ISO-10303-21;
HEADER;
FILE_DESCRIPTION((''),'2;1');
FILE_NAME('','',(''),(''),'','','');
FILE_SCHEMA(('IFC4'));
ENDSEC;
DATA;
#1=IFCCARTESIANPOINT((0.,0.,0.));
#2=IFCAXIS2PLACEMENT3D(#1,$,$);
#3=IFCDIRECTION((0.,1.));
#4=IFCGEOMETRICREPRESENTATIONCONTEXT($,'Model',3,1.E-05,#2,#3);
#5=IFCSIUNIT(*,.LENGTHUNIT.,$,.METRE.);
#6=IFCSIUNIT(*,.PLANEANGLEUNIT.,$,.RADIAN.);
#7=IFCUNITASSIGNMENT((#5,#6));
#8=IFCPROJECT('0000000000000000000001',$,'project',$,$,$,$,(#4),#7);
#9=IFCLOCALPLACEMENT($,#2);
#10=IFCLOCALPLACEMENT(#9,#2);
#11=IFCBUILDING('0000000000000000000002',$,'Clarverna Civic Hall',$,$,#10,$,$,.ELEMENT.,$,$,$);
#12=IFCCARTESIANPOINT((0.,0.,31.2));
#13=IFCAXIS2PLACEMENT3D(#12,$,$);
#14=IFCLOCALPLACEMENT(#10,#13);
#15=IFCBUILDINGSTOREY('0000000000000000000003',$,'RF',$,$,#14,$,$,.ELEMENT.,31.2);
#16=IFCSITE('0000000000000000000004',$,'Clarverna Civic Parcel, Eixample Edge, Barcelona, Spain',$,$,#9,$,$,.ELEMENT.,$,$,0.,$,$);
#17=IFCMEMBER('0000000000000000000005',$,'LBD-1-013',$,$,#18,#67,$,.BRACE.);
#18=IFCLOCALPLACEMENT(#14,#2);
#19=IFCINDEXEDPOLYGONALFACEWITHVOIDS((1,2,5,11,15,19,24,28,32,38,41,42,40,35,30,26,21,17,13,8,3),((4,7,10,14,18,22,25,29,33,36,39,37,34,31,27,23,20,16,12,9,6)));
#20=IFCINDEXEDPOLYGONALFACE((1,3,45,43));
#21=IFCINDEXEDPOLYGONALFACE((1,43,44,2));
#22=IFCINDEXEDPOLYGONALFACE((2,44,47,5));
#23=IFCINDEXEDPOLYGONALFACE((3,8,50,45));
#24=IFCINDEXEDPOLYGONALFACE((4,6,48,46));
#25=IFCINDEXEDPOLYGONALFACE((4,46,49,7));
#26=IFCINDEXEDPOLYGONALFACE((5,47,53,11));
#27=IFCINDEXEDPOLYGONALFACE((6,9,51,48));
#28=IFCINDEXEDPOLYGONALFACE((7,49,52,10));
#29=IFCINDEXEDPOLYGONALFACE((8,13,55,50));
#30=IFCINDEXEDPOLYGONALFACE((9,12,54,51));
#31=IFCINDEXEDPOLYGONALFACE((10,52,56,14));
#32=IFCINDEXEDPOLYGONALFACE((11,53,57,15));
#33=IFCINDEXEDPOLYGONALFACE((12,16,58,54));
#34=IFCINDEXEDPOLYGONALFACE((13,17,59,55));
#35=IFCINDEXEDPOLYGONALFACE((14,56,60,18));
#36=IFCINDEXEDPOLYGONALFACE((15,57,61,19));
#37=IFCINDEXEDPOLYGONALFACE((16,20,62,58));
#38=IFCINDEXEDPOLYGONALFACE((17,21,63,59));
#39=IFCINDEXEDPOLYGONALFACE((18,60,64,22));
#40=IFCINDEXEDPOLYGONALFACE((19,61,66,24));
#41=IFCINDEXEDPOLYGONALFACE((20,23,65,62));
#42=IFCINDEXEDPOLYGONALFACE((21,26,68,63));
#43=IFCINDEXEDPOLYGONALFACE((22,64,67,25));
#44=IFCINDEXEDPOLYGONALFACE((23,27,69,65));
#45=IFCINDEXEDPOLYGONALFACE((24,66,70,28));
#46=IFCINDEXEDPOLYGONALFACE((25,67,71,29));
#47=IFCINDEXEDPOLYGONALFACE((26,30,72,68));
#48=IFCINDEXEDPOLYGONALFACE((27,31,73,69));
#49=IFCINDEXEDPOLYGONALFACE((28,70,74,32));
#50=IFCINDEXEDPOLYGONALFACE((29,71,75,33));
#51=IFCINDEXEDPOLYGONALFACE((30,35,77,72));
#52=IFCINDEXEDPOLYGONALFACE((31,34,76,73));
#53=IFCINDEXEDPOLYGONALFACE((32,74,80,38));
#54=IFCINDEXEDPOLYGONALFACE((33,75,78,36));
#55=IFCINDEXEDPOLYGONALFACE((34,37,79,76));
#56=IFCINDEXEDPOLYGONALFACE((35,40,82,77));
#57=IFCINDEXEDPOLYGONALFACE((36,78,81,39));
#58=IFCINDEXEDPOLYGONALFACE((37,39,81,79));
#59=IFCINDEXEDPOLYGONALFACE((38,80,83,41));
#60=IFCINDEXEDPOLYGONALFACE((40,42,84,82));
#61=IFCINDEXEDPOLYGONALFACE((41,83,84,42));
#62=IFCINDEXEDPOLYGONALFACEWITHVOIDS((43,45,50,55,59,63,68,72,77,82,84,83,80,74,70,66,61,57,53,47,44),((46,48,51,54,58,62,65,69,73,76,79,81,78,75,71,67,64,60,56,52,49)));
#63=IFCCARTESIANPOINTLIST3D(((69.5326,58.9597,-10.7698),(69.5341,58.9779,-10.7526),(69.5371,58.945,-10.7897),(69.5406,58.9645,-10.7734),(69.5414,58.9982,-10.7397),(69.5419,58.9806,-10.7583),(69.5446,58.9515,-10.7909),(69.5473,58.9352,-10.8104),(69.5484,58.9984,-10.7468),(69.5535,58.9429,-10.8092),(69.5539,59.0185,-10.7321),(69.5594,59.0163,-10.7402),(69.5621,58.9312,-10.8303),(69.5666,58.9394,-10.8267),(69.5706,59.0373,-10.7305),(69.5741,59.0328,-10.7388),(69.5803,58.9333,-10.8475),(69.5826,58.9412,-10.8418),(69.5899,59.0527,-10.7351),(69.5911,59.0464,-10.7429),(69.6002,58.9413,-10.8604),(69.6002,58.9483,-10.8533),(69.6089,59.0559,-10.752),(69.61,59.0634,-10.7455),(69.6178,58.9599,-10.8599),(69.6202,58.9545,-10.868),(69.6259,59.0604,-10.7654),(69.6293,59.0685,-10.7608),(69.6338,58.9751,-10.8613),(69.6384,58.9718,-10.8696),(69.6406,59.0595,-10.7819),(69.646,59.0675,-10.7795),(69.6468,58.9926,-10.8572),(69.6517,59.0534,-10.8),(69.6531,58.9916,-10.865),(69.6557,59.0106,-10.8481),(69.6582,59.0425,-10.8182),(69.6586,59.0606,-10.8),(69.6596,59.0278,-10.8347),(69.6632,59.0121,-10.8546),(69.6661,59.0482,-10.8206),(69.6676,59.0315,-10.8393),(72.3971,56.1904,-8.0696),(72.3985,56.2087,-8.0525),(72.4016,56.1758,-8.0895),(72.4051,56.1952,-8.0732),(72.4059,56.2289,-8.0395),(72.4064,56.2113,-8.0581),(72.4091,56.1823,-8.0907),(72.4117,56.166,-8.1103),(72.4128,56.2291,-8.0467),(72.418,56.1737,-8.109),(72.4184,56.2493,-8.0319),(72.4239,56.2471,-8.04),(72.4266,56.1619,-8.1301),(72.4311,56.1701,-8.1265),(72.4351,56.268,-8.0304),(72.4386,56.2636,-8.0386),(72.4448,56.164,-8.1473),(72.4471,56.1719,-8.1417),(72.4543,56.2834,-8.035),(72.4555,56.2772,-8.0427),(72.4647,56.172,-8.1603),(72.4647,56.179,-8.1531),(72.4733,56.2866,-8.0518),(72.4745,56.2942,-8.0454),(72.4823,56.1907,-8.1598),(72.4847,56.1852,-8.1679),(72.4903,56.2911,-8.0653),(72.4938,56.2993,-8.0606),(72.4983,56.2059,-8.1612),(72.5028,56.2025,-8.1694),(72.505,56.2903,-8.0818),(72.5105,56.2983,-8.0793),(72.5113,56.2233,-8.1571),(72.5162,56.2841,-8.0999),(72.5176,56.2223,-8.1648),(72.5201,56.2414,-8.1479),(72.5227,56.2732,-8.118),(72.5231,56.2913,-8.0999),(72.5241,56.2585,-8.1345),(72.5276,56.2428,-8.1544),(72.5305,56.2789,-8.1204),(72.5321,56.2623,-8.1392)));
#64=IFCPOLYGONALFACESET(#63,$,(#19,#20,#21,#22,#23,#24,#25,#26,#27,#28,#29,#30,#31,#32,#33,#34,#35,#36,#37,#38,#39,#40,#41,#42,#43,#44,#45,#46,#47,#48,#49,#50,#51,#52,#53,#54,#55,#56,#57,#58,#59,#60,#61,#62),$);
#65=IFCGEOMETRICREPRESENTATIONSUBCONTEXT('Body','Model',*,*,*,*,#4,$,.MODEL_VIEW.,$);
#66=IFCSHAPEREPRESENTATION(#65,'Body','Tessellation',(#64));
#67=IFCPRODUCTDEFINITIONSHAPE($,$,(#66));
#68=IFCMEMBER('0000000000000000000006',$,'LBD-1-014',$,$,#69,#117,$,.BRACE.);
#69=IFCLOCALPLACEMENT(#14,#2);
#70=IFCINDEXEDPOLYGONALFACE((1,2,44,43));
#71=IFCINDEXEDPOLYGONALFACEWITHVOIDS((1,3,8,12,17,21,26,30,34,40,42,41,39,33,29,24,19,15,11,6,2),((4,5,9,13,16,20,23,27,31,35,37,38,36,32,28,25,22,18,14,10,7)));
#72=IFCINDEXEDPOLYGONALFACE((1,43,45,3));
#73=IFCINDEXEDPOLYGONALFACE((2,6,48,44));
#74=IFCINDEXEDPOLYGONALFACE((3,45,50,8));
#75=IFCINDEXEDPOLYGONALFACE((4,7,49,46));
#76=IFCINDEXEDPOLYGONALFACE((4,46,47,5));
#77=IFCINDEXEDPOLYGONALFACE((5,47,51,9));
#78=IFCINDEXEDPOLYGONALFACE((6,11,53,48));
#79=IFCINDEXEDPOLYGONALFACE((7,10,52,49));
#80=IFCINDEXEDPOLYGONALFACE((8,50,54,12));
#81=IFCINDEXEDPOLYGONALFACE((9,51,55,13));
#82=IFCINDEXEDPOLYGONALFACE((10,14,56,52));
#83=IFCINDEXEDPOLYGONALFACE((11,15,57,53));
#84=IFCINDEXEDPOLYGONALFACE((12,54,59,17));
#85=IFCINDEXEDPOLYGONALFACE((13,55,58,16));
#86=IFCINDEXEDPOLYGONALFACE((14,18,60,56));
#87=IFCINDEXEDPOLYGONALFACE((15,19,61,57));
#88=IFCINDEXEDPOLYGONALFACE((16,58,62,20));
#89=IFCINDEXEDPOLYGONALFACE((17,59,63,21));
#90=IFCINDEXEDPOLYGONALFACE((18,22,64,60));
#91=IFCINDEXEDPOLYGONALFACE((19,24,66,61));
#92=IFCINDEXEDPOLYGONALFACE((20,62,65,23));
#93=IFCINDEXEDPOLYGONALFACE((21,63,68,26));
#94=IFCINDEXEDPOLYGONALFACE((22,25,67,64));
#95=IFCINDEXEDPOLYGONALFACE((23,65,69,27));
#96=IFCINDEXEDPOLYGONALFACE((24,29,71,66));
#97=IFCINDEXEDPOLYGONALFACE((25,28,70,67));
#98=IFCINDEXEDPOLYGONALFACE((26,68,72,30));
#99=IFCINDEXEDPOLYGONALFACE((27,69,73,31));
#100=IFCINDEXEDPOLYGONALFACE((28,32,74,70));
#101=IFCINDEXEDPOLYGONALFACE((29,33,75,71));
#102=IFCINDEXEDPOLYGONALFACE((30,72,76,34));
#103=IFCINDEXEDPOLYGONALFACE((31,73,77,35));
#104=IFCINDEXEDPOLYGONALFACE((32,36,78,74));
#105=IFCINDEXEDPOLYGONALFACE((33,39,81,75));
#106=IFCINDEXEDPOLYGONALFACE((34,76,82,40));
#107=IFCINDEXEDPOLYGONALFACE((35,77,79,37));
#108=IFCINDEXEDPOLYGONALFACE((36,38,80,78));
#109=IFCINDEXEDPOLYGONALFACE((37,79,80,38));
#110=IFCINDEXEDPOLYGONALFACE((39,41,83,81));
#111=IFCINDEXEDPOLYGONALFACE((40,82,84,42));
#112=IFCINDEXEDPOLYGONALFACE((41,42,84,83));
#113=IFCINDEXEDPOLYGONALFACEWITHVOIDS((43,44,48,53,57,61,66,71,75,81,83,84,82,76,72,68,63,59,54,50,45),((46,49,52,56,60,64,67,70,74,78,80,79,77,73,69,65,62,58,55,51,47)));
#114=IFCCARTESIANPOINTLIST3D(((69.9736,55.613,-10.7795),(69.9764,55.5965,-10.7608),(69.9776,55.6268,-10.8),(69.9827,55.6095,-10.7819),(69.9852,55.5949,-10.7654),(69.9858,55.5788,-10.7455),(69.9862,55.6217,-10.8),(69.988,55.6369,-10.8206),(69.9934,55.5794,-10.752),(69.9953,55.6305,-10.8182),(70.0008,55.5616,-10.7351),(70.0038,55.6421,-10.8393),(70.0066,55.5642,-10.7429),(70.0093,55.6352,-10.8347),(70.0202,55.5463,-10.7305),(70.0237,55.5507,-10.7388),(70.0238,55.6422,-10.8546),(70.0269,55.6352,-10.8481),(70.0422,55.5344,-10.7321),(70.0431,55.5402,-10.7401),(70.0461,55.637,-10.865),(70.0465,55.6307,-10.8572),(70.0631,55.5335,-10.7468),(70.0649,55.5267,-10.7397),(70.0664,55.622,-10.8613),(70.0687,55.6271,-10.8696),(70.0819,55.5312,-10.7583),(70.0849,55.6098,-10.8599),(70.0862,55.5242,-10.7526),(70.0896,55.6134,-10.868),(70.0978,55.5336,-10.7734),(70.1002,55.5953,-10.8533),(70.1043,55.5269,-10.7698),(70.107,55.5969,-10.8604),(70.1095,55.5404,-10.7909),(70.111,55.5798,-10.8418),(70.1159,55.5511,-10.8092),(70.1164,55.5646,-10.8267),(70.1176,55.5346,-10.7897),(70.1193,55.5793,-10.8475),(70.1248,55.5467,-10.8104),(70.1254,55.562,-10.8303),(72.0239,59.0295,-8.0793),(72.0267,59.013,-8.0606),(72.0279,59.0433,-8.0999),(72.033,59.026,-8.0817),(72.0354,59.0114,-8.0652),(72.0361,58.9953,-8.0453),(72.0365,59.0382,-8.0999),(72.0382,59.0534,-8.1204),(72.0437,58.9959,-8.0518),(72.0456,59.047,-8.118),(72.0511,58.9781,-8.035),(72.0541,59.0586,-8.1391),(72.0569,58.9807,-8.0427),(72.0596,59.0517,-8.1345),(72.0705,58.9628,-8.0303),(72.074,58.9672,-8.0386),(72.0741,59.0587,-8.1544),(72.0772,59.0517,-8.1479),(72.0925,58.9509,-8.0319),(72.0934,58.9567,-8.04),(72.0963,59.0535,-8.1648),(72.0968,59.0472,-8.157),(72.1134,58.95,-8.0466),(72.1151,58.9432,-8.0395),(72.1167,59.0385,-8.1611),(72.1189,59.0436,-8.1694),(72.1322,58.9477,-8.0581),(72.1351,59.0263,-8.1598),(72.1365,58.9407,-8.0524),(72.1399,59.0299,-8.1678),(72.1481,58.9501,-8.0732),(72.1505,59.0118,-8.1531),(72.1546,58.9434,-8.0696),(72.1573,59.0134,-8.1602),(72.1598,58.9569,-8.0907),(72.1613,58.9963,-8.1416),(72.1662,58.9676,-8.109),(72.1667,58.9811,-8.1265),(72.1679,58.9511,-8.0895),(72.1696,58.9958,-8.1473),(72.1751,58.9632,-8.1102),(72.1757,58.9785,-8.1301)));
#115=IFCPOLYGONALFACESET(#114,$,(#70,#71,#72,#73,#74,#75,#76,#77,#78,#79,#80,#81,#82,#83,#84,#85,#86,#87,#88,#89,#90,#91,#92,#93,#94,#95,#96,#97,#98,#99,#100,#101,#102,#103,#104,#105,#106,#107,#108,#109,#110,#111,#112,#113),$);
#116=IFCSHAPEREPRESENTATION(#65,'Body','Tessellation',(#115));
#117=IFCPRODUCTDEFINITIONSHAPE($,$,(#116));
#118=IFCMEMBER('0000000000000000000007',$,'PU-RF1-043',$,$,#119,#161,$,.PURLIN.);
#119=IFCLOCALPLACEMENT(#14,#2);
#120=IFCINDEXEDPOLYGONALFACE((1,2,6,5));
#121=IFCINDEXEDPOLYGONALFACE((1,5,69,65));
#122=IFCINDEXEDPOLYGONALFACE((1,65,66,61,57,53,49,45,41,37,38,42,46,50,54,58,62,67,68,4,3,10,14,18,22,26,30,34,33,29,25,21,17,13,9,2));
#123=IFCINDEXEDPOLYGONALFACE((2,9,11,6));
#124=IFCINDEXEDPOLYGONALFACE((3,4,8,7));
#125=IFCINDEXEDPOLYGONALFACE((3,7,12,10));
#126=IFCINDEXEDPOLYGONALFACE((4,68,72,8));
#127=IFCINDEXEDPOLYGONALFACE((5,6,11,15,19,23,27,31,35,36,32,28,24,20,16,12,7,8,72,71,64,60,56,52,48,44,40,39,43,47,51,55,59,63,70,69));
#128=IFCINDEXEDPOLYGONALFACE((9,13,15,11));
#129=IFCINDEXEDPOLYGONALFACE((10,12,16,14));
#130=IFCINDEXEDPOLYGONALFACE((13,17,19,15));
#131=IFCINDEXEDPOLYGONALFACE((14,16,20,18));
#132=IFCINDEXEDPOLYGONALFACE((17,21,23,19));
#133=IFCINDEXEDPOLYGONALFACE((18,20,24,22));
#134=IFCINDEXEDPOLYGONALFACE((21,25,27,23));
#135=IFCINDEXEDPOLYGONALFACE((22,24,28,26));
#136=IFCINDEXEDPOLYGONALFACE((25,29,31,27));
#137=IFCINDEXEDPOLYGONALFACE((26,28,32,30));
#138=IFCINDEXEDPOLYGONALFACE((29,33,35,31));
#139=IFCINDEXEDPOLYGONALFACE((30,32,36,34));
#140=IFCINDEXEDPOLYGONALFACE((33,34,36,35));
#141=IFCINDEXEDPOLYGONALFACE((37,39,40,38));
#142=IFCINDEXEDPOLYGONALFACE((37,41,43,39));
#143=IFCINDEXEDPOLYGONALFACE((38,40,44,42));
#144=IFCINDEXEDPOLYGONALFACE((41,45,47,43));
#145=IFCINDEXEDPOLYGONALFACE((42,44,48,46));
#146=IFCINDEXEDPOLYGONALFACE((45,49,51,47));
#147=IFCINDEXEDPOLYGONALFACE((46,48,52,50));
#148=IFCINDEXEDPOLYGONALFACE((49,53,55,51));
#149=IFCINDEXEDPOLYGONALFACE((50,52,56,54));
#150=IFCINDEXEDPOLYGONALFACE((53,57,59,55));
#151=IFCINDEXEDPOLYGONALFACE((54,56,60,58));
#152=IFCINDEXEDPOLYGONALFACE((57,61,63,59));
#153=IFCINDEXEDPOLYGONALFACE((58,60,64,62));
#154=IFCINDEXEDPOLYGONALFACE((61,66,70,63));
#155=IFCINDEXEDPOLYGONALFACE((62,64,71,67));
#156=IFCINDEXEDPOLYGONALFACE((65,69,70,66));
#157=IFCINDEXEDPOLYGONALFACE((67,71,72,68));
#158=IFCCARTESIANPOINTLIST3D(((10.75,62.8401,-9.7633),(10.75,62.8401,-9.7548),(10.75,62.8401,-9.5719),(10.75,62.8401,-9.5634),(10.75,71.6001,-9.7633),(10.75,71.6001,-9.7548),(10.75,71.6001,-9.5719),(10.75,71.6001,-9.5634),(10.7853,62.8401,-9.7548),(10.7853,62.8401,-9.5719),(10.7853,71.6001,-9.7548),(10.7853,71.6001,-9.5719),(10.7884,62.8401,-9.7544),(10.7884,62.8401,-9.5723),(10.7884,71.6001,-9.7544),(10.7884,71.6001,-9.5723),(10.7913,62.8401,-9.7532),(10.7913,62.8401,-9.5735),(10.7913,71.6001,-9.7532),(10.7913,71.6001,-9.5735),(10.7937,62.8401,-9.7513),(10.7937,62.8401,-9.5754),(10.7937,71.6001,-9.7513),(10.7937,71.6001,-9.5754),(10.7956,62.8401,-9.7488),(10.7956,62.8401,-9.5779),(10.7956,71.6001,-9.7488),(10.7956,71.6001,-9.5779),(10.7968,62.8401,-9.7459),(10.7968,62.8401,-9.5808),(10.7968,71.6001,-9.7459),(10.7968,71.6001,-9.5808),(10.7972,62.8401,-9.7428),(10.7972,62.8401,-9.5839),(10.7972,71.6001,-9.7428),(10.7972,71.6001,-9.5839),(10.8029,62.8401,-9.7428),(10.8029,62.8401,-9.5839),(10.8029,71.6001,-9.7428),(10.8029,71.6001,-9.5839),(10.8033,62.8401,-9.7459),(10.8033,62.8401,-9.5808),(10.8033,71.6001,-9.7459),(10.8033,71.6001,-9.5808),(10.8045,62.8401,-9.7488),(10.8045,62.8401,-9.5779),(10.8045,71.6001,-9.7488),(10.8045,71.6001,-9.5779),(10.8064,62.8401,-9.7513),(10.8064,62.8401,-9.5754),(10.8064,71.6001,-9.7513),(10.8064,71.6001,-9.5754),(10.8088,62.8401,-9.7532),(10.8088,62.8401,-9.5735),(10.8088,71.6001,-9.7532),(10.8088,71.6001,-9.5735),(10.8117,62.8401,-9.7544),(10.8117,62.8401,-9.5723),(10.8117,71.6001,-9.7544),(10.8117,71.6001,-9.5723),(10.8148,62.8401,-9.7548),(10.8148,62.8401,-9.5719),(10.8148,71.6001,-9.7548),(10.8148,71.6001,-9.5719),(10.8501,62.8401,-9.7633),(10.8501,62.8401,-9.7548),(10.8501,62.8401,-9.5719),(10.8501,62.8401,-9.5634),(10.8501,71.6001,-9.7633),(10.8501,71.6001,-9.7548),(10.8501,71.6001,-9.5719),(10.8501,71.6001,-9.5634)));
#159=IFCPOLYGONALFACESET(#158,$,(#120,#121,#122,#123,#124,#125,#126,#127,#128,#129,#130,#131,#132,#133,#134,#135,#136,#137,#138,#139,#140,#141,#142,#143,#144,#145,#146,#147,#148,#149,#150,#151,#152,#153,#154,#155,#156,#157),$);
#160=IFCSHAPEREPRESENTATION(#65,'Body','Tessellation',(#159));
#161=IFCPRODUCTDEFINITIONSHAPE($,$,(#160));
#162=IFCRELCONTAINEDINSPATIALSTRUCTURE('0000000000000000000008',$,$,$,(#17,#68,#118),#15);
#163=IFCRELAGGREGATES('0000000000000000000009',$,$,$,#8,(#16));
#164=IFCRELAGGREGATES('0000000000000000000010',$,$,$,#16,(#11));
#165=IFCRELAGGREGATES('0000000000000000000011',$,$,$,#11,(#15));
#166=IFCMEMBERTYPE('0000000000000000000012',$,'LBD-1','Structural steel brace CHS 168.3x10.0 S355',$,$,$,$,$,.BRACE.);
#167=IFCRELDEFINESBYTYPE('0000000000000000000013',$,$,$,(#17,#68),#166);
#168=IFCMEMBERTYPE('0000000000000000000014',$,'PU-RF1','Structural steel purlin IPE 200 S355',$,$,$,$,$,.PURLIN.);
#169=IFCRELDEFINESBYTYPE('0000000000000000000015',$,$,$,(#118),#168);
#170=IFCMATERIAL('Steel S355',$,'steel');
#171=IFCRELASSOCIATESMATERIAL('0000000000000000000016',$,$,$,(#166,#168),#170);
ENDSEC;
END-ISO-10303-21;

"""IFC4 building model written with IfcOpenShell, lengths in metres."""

from ifc_helpers import new_model, si_unit, direction, frame, origin, origin_2d, place, context, subcontext, project, spatial, hollow_circle, i_section, extrude, material, material_profile, profile_set, type_object, element, save


model = new_model("IFC4")

# Units and contexts
model_context = context("Model", 3, precision=1e-05, world=origin(), true_north=direction((0.0, 1.0)))
body_context = subcontext(model_context, "Body", "Model", "MODEL_VIEW")
ifc_project = project(units=[si_unit("LENGTHUNIT", "METRE"), si_unit("PLANEANGLEUNIT", "RADIAN")], contexts=[model_context])

# Site, building, storey
site_placement = place(None, origin())
site = spatial("IfcSite", under=ifc_project, at=site_placement, Name="Clarverna Civic Parcel, Eixample Edge, Barcelona, Spain", CompositionType="ELEMENT", RefElevation=0.0)
building_placement = place(site_placement, origin())
building = spatial("IfcBuilding", under=site, at=building_placement, Name="Clarverna Civic Hall", CompositionType="ELEMENT")
storey_placement = place(building_placement, frame((0.0, 0.0, 31.2)))
storey = spatial("IfcBuildingStorey", under=building, at=storey_placement, Name="RF", CompositionType="ELEMENT", Elevation=31.2)

# Members
ifc_material_1 = material(Name="Steel S355", Category="steel")
ifc_material_profile_1 = material_profile(ifc_material_1, hollow_circle(Radius=0.0842, WallThickness=0.01, at=origin_2d()), Name="CHS 168.3x10.0")
ifc_profile_set_1 = profile_set([ifc_material_profile_1], Name="Steel S355")
member_type_1 = type_object("IfcMemberType", Name="LBD-1", Description="Structural steel brace CHS 168.3x10.0 S355", PredefinedType="BRACE", material=ifc_profile_set_1)
member_1_placement = place(storey_placement, frame((69.6001, 59.0, -10.8), z_axis=(0.595154, -0.575371, 0.561016), x_axis=(0.695057, 0.718955, 0.0)))
element("IfcMember", 1, at=member_1_placement, inside=storey, type_object=member_type_1, Name="LBD-1-013", PredefinedType="BRACE", context=body_context, shape_type="SweptSolid", body=[
    extrude(hollow_circle(Radius=0.0842, WallThickness=0.01, at=origin_2d()), origin(), (0.0, 0.0, 1.0), 4.813),
])
member_2_placement = place(storey_placement, frame((70.0498, 55.5835, -10.8), z_axis=(0.42597, 0.709814, 0.560994), x_axis=(-0.85745, 0.514568, 0.0)))
element("IfcMember", 2, at=member_2_placement, inside=storey, type_object=member_type_1, Name="LBD-1-014", PredefinedType="BRACE", context=body_context, shape_type="SweptSolid", body=[
    extrude(hollow_circle(Radius=0.0842, WallThickness=0.01, at=origin_2d()), origin(), (0.0, 0.0, 1.0), 4.8132),
])
ifc_material_profile_2 = material_profile(ifc_material_1, i_section(OverallWidth=0.1001, OverallDepth=0.2, WebThickness=0.0056, FlangeThickness=0.0085, FilletRadius=0.012, at=origin_2d()), Name="IPE 200")
ifc_profile_set_2 = profile_set([ifc_material_profile_2], Name="Steel S355")
member_type_2 = type_object("IfcMemberType", Name="PU-RF1", Description="Structural steel purlin IPE 200 S355", PredefinedType="PURLIN", material=ifc_profile_set_2)
member_3_placement = place(storey_placement, frame((10.8, 62.8401, -9.6633), z_axis=(0.0, 1.0, 0.0), x_axis=(-1.0, 0.0, 0.0)))
element("IfcMember", 3, at=member_3_placement, inside=storey, type_object=member_type_2, Name="PU-RF1-043", PredefinedType="PURLIN", context=body_context, shape_type="SweptSolid", body=[
    extrude(i_section(OverallWidth=0.1001, OverallDepth=0.2, WebThickness=0.0056, FlangeThickness=0.0085, FilletRadius=0.012, at=origin_2d()), origin(), (0.0, 0.0, 1.0), 8.76),
])

save(model, "model.ifc")
